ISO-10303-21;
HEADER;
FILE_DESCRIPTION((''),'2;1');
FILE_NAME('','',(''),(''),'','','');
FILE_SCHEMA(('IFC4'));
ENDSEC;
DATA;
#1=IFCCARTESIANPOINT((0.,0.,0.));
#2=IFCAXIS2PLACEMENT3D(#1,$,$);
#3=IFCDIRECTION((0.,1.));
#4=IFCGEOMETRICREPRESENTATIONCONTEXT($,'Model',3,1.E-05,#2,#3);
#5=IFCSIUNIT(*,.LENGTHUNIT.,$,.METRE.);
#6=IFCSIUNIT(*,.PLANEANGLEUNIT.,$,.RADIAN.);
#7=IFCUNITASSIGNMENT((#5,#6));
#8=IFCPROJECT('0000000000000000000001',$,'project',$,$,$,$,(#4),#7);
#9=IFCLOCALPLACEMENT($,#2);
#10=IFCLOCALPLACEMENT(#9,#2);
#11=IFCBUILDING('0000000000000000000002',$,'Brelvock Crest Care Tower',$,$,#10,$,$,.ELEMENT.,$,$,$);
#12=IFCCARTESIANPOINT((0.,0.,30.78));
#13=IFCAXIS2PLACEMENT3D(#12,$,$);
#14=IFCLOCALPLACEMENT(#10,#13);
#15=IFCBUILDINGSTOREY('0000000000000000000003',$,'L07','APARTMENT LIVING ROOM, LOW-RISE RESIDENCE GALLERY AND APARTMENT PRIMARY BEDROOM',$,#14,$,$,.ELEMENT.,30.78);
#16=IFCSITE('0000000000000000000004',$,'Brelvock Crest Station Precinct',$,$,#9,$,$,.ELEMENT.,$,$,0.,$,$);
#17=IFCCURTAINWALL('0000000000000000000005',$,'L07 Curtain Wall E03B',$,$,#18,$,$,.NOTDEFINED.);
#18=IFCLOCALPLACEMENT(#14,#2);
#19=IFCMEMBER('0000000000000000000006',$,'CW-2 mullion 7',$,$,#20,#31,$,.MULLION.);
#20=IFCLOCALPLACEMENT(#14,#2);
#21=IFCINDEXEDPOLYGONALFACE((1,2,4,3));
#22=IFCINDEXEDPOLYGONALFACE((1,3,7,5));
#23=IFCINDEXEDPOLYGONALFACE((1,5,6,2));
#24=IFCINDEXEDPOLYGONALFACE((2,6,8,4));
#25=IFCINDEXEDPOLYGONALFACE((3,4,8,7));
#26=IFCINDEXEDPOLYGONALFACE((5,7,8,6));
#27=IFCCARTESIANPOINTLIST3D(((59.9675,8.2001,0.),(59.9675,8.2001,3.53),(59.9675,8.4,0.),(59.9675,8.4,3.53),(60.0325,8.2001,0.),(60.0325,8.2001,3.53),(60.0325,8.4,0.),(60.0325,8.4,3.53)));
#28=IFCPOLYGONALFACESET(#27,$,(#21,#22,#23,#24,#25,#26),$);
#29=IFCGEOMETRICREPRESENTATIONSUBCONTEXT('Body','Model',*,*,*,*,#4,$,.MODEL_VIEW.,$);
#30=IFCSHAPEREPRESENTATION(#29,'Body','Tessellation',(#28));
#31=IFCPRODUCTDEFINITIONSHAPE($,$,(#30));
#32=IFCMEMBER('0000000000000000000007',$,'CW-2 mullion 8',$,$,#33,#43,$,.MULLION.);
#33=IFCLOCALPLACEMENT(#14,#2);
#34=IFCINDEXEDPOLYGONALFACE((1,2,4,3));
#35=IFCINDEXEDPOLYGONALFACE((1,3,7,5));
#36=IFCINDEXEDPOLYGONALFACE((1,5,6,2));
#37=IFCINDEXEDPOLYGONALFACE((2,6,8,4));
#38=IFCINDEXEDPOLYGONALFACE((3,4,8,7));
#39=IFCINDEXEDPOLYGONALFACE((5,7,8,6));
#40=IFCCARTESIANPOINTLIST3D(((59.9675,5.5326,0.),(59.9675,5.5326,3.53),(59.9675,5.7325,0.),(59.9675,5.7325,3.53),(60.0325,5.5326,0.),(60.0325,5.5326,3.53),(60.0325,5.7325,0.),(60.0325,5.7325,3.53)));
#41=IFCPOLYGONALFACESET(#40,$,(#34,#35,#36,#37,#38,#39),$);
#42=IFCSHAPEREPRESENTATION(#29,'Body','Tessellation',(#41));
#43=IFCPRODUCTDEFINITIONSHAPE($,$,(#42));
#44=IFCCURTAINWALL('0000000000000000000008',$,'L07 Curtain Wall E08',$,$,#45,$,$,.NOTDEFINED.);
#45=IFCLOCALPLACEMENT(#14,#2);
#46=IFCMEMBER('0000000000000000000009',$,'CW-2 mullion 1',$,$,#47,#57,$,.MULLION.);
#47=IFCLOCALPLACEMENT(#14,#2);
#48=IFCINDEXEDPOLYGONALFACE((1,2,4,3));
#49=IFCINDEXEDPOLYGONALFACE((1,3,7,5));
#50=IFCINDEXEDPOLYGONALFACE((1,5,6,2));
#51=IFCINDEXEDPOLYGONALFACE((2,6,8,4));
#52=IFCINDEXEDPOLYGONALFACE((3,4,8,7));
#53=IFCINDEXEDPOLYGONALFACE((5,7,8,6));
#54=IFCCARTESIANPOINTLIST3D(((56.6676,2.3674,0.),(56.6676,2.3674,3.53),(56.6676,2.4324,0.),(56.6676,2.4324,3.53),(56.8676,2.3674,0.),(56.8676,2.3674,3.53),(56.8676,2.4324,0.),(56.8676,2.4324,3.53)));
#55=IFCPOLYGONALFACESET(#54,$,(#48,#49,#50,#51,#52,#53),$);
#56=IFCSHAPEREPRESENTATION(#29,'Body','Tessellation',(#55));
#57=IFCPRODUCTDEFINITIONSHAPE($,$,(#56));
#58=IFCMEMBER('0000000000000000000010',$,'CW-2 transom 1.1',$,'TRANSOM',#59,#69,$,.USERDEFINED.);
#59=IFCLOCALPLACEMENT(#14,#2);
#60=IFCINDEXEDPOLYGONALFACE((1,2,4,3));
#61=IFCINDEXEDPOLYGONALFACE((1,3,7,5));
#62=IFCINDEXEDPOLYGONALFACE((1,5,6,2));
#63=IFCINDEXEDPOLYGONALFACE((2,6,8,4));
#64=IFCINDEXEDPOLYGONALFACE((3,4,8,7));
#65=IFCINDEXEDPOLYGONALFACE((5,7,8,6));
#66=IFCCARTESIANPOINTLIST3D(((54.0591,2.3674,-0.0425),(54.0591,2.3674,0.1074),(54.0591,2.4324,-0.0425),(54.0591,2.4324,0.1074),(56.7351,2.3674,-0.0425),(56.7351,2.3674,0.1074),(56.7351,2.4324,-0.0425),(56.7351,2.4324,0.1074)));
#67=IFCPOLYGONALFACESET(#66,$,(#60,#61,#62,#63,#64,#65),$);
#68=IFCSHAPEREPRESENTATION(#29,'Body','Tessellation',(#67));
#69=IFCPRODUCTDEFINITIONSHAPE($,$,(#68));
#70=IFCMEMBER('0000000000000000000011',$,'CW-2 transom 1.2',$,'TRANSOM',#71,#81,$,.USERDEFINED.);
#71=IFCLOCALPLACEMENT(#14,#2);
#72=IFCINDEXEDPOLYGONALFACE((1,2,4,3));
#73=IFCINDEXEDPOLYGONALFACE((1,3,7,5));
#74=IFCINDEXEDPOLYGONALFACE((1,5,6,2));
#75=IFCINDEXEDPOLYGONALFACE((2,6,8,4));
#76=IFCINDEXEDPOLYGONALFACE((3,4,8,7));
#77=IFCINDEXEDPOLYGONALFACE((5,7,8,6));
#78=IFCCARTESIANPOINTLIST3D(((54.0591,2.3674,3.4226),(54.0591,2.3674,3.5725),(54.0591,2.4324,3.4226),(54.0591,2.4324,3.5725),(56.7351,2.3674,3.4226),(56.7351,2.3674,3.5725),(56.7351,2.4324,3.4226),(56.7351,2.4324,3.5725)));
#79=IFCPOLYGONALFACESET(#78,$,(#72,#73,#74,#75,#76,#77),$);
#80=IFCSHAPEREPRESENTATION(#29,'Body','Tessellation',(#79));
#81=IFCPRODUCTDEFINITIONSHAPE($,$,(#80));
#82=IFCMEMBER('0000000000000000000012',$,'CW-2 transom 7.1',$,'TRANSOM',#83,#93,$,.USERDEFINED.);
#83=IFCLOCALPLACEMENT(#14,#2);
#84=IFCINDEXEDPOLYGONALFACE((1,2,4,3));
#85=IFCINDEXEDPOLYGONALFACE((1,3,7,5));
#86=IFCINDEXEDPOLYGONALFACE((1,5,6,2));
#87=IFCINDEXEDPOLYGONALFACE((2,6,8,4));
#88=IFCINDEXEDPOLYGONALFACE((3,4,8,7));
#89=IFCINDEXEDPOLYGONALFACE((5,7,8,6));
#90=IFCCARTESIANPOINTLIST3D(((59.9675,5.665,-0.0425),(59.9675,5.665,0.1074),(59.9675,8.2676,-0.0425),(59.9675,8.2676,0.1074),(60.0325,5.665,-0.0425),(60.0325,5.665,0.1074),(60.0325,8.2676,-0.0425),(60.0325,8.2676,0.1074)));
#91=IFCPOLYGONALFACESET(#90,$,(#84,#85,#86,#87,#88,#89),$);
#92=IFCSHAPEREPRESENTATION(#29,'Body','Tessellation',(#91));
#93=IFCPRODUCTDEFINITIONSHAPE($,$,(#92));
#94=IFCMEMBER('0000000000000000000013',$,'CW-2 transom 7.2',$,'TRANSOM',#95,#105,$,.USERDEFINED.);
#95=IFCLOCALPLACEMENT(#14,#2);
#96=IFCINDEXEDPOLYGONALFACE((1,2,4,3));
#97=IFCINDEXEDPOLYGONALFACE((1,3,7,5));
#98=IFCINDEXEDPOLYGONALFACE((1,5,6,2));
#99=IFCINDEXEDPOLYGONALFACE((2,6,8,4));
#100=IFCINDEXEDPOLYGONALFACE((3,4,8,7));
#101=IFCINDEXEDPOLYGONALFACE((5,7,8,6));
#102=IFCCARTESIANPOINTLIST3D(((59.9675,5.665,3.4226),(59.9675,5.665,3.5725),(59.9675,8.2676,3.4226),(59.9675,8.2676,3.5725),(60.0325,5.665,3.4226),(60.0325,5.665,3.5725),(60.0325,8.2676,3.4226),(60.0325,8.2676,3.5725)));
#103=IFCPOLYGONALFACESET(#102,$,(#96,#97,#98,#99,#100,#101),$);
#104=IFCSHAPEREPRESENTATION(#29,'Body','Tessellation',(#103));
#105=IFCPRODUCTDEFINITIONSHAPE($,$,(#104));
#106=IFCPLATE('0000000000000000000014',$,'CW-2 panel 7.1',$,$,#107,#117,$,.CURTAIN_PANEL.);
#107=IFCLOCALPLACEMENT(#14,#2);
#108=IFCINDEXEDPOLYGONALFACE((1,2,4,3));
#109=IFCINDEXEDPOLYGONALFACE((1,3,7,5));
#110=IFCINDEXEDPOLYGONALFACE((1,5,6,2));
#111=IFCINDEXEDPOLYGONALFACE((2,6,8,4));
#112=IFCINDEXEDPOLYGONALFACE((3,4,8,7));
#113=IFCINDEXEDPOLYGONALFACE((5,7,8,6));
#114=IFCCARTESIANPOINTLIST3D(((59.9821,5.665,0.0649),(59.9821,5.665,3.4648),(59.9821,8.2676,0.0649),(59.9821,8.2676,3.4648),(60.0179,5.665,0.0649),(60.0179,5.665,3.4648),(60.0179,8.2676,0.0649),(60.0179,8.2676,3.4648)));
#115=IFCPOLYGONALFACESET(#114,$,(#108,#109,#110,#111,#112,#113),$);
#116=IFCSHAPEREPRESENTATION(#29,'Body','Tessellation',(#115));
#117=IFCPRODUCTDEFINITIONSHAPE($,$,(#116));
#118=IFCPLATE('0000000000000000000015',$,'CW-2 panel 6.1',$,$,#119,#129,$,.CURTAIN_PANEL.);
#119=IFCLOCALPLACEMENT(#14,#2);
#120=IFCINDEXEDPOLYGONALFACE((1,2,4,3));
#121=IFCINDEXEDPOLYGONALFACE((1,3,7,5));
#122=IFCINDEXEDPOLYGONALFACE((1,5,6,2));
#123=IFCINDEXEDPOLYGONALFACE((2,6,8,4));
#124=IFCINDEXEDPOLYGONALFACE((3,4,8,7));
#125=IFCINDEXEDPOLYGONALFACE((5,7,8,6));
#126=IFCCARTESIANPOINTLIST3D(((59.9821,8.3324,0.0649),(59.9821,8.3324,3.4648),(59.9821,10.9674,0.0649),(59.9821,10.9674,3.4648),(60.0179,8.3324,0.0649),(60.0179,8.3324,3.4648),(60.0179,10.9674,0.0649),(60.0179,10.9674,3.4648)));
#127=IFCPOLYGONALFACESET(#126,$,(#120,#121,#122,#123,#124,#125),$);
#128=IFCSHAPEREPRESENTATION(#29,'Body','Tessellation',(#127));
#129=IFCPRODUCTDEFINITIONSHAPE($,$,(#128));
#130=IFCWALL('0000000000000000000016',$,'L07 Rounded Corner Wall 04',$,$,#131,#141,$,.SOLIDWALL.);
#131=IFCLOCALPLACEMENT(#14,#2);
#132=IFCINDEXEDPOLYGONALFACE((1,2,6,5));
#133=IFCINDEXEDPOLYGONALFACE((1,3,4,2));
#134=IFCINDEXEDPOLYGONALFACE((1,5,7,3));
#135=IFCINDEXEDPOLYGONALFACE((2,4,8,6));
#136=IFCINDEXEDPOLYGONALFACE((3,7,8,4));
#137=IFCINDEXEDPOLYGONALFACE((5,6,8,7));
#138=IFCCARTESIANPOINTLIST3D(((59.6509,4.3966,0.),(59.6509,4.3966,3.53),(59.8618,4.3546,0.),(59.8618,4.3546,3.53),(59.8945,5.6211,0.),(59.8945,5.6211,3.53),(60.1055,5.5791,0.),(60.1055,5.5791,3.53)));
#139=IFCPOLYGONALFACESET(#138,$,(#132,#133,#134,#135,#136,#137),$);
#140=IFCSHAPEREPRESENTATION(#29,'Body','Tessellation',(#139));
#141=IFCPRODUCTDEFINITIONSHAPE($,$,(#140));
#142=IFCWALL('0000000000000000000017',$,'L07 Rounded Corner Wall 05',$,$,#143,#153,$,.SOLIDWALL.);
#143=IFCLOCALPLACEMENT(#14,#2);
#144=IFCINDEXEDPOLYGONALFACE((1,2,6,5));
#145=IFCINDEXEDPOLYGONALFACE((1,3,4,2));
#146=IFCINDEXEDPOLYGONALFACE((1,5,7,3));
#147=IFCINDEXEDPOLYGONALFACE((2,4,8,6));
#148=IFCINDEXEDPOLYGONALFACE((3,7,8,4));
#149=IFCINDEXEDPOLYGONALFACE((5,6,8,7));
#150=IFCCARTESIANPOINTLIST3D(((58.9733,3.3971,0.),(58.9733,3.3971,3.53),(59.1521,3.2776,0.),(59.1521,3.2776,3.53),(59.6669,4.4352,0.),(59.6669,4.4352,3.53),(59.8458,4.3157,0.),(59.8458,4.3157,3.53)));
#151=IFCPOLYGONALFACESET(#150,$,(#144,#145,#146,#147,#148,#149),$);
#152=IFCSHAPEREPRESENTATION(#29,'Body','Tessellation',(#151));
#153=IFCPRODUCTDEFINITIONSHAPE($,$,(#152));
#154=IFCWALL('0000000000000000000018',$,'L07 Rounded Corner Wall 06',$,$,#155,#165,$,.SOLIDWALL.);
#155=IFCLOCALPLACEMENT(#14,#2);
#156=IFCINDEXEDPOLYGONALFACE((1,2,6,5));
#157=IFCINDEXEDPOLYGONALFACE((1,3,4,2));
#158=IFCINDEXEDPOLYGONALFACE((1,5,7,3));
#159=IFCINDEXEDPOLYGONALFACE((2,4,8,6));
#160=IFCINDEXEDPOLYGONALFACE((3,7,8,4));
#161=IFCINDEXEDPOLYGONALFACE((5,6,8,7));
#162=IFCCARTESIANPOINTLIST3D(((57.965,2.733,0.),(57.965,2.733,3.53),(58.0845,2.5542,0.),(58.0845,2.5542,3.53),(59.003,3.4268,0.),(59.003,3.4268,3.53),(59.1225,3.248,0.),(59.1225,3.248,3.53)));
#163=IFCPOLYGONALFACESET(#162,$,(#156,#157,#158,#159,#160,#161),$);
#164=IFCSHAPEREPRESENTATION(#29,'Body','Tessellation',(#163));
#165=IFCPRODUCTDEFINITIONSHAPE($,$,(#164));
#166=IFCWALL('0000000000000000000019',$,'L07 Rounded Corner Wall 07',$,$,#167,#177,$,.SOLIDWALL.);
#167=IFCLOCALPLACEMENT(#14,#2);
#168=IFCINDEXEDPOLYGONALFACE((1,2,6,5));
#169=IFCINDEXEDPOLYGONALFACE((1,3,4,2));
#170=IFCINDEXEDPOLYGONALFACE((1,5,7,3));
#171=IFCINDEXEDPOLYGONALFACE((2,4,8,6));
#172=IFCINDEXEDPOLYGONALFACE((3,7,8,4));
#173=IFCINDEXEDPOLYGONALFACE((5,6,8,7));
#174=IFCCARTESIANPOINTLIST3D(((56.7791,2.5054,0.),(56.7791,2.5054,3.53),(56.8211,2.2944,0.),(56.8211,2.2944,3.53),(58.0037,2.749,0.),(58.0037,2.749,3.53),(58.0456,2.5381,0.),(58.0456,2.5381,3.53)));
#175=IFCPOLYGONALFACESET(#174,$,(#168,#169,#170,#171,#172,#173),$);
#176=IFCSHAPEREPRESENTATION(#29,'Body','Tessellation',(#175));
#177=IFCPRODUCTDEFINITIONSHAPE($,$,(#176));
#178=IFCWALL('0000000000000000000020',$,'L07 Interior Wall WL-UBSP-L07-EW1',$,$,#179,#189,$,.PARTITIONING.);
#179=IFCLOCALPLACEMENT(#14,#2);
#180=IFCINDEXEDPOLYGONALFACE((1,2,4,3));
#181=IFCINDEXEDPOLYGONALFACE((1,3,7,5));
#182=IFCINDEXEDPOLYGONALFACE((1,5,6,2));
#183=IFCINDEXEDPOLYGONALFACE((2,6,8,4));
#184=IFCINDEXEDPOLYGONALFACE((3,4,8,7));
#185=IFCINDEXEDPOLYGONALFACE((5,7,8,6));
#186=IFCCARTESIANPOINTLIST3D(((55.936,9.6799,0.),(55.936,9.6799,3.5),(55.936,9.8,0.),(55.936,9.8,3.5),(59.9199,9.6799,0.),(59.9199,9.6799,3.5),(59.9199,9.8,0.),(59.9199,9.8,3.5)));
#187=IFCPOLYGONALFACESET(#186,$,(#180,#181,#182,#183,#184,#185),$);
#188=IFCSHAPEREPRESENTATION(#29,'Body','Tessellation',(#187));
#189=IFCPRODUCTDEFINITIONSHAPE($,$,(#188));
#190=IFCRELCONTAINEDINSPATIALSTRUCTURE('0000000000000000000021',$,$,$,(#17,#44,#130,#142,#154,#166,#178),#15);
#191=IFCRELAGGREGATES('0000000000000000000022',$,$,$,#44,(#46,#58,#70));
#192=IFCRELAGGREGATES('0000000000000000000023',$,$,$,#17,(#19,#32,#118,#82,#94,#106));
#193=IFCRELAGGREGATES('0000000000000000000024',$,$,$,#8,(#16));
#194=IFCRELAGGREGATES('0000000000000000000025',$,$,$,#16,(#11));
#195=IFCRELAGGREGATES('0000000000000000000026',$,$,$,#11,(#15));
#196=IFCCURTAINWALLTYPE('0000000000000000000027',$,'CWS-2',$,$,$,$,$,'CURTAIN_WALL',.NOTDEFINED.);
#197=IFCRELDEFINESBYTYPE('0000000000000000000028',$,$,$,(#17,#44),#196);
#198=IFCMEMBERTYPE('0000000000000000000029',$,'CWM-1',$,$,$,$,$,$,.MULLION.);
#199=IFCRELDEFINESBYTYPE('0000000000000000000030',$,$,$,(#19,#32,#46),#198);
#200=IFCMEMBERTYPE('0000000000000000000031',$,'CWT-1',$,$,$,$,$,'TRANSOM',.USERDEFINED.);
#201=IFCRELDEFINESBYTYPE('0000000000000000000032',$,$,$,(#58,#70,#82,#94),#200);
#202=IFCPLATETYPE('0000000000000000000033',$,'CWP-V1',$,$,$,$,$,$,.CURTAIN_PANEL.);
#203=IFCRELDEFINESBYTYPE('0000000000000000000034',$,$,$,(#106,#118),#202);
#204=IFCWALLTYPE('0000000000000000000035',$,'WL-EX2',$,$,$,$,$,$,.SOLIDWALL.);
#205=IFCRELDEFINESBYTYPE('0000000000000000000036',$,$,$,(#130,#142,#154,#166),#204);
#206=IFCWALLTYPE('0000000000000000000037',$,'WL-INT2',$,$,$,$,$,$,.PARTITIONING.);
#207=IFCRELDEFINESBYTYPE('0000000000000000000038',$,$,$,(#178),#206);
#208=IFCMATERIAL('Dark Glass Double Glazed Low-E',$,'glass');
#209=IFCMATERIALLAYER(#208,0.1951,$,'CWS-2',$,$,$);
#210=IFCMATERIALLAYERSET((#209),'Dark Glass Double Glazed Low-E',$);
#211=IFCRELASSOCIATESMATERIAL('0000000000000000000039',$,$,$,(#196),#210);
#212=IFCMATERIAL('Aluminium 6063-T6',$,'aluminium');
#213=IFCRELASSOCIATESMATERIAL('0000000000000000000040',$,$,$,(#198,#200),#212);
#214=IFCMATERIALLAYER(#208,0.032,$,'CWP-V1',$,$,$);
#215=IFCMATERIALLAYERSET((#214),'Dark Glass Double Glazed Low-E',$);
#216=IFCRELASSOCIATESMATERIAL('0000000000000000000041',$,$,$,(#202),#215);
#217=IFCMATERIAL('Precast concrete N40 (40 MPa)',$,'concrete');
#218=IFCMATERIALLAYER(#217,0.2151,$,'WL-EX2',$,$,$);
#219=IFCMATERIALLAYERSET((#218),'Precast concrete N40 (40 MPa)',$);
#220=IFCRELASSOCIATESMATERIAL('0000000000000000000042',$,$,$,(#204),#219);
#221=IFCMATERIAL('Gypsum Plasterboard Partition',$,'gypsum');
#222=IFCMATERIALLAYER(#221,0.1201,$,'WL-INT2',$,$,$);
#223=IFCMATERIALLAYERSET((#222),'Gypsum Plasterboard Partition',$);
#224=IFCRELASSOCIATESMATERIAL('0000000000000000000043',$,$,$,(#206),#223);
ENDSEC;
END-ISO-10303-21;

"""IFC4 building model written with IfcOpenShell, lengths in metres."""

from ifc_helpers import new_model, si_unit, direction, frame, frame_2d, origin, origin_2d, place, context, subcontext, project, spatial, rectangle, extrude, source, transform, mapped, material, layer, layer_set, material_profile, profile_set, type_object, element, aggregate, save


model = new_model("IFC4")

# Units and contexts
model_context = context("Model", 3, precision=1e-05, world=origin(), true_north=direction((0.0, 1.0)))
body_context = subcontext(model_context, "Body", "Model", "MODEL_VIEW")
ifc_project = project(units=[si_unit("LENGTHUNIT", "METRE"), si_unit("PLANEANGLEUNIT", "RADIAN")], contexts=[model_context])

# Site, building, storey
site_placement = place(None, origin())
site = spatial("IfcSite", under=ifc_project, at=site_placement, Name="Brelvock Crest Station Precinct", CompositionType="ELEMENT", RefElevation=0.0)
building_placement = place(site_placement, origin())
building = spatial("IfcBuilding", under=site, at=building_placement, Name="Brelvock Crest Care Tower", CompositionType="ELEMENT")
storey_placement = place(building_placement, frame((0.0, 0.0, 30.78)))
storey = spatial("IfcBuildingStorey", under=building, at=storey_placement, Name="L07", Description="APARTMENT LIVING ROOM, LOW-RISE RESIDENCE GALLERY AND APARTMENT PRIMARY BEDROOM", CompositionType="ELEMENT", Elevation=30.78)

# Curtain walls, members
ifc_material_1 = material(Name="Dark Glass Double Glazed Low-E", Category="glass")
ifc_layer_1 = layer(ifc_material_1, 0.1951, Name="CWS-2")
ifc_layer_set_1 = layer_set([ifc_layer_1], Name="Dark Glass Double Glazed Low-E")
curtain_wall_type = type_object("IfcCurtainWallType", Name="CWS-2", ElementType="CURTAIN_WALL", PredefinedType="NOTDEFINED", material=ifc_layer_set_1)
curtain_wall_1_placement = place(storey_placement, origin())
curtain_wall_1 = element("IfcCurtainWall", 1, at=curtain_wall_1_placement, inside=storey, type_object=curtain_wall_type, Name="L07 Curtain Wall E03B", PredefinedType="NOTDEFINED")
ifc_material_2 = material(Name="Aluminium 6063-T6", Category="aluminium")
ifc_material_profile_1 = material_profile(ifc_material_2, rectangle(XDim=0.0649, YDim=0.2, at=origin_2d()), Name="ALU65x200")
ifc_profile_set_1 = profile_set([ifc_material_profile_1], Name="Aluminium 6063-T6")
member_type_1 = type_object("IfcMemberType", Name="CWM-1", PredefinedType="MULLION", material=ifc_profile_set_1)
shared_shape_1 = source(origin(), body_context, "Body", "SweptSolid", [
    extrude(rectangle(XDim=0.0649, YDim=0.2, at=origin_2d()), origin(), (0.0, 0.0, 1.0), 3.53),
])
member_1_placement = place(storey_placement, frame((60.0, 8.3, 0.0), z_axis=(0.0, 0.0, 1.0), x_axis=(1.0, 0.0, 0.0)))
member_1 = element("IfcMember", 2, at=member_1_placement, type_object=member_type_1, Name="CW-2 mullion 7", PredefinedType="MULLION", context=body_context, shape_type="MappedRepresentation", body=[
    mapped(shared_shape_1, transform((0.0, 0.0, 0.0), x_axis=(1.0, 0.0, 0.0), y_axis=(0.0, 1.0, 0.0), z_axis=(0.0, 0.0, 1.0), scale=1.0)),
])
member_2_placement = place(storey_placement, frame((60.0, 5.6326, 0.0), z_axis=(0.0, 0.0, 1.0), x_axis=(1.0, 0.0, 0.0)))
member_2 = element("IfcMember", 3, at=member_2_placement, type_object=member_type_1, Name="CW-2 mullion 8", PredefinedType="MULLION", context=body_context, shape_type="MappedRepresentation", body=[
    mapped(shared_shape_1, transform((0.0, 0.0, 0.0), x_axis=(1.0, 0.0, 0.0), y_axis=(0.0, 1.0, 0.0), z_axis=(0.0, 0.0, 1.0), scale=1.0)),
])
curtain_wall_2_placement = place(storey_placement, origin())
curtain_wall_2 = element("IfcCurtainWall", 4, at=curtain_wall_2_placement, inside=storey, type_object=curtain_wall_type, Name="L07 Curtain Wall E08", PredefinedType="NOTDEFINED")
member_3_placement = place(storey_placement, frame((56.7676, 2.3999, 0.0), z_axis=(0.0, 0.0, 1.0), x_axis=(0.0, -1.0, 0.0)))
member_3 = element("IfcMember", 5, at=member_3_placement, type_object=member_type_1, Name="CW-2 mullion 1", PredefinedType="MULLION", context=body_context, shape_type="MappedRepresentation", body=[
    mapped(shared_shape_1, transform((0.0, 0.0, 0.0), x_axis=(1.0, 0.0, 0.0), y_axis=(0.0, 1.0, 0.0), z_axis=(0.0, 0.0, 1.0), scale=1.0)),
])
ifc_material_profile_2 = material_profile(ifc_material_2, rectangle(XDim=0.0649, YDim=0.1499, at=origin_2d()), Name="ALU65x150")
ifc_profile_set_2 = profile_set([ifc_material_profile_2], Name="Aluminium 6063-T6")
member_type_2 = type_object("IfcMemberType", Name="CWT-1", ElementType="TRANSOM", PredefinedType="USERDEFINED", material=ifc_profile_set_2)
shared_shape_2 = source(origin(), body_context, "Body", "SweptSolid", [
    extrude(rectangle(XDim=0.0649, YDim=0.1499, at=origin_2d()), origin(), (0.0, 0.0, 1.0), 2.676),
])
member_4_placement = place(storey_placement, frame((56.7351, 2.3999, 0.0325), z_axis=(-1.0, 0.0, 0.0), x_axis=(0.0, -1.0, 0.0)))
member_4 = element("IfcMember", 6, at=member_4_placement, type_object=member_type_2, Name="CW-2 transom 1.1", ObjectType="TRANSOM", PredefinedType="USERDEFINED", context=body_context, shape_type="MappedRepresentation", body=[
    mapped(shared_shape_2, transform((0.0, 0.0, 0.0), x_axis=(1.0, 0.0, 0.0), y_axis=(0.0, 1.0, 0.0), z_axis=(0.0, 0.0, 1.0), scale=1.0)),
])
member_5_placement = place(storey_placement, frame((56.7351, 2.3999, 3.4976), z_axis=(-1.0, 0.0, 0.0), x_axis=(0.0, -1.0, 0.0)))
member_5 = element("IfcMember", 7, at=member_5_placement, type_object=member_type_2, Name="CW-2 transom 1.2", ObjectType="TRANSOM", PredefinedType="USERDEFINED", context=body_context, shape_type="MappedRepresentation", body=[
    mapped(shared_shape_2, transform((0.0, 0.0, 0.0), x_axis=(1.0, 0.0, 0.0), y_axis=(0.0, 1.0, 0.0), z_axis=(0.0, 0.0, 1.0), scale=1.0)),
])
aggregate(curtain_wall_2, [member_3, member_4, member_5])

# Members
shared_shape_3 = source(origin(), body_context, "Body", "SweptSolid", [
    extrude(rectangle(XDim=0.0649, YDim=0.1499, at=origin_2d()), origin(), (0.0, 0.0, 1.0), 2.6025),
])
member_6_placement = place(storey_placement, frame((60.0, 8.2676, 0.0325), z_axis=(0.0, -1.0, 0.0), x_axis=(1.0, 0.0, 0.0)))
member_6 = element("IfcMember", 8, at=member_6_placement, type_object=member_type_2, Name="CW-2 transom 7.1", ObjectType="TRANSOM", PredefinedType="USERDEFINED", context=body_context, shape_type="MappedRepresentation", body=[
    mapped(shared_shape_3, transform((0.0, 0.0, 0.0), x_axis=(1.0, 0.0, 0.0), y_axis=(0.0, 1.0, 0.0), z_axis=(0.0, 0.0, 1.0), scale=1.0)),
])
member_7_placement = place(storey_placement, frame((60.0, 8.2676, 3.4976), z_axis=(0.0, -1.0, 0.0), x_axis=(1.0, 0.0, 0.0)))
member_7 = element("IfcMember", 9, at=member_7_placement, type_object=member_type_2, Name="CW-2 transom 7.2", ObjectType="TRANSOM", PredefinedType="USERDEFINED", context=body_context, shape_type="MappedRepresentation", body=[
    mapped(shared_shape_3, transform((0.0, 0.0, 0.0), x_axis=(1.0, 0.0, 0.0), y_axis=(0.0, 1.0, 0.0), z_axis=(0.0, 0.0, 1.0), scale=1.0)),
])

# Plates
ifc_layer_2 = layer(ifc_material_1, 0.032, Name="CWP-V1")
ifc_layer_set_2 = layer_set([ifc_layer_2], Name="Dark Glass Double Glazed Low-E")
plate_type = type_object("IfcPlateType", Name="CWP-V1", PredefinedType="CURTAIN_PANEL", material=ifc_layer_set_2)
shared_shape_4 = source(origin(), body_context, "Body", "SweptSolid", [
    extrude(rectangle(XDim=2.6025, YDim=0.0359, at=origin_2d()), origin(), (0.0, 0.0, 1.0), 3.3999),
])
plate_1_placement = place(storey_placement, frame((60.0, 6.9663, 0.0649), z_axis=(0.0, 0.0, 1.0), x_axis=(0.0, -1.0, 0.0)))
plate_1 = element("IfcPlate", 10, at=plate_1_placement, type_object=plate_type, Name="CW-2 panel 7.1", PredefinedType="CURTAIN_PANEL", context=body_context, shape_type="MappedRepresentation", body=[
    mapped(shared_shape_4, transform((0.0, 0.0, 0.0), x_axis=(1.0, 0.0, 0.0), y_axis=(0.0, 1.0, 0.0), z_axis=(0.0, 0.0, 1.0), scale=1.0)),
])
shared_shape_5 = source(origin(), body_context, "Body", "SweptSolid", [
    extrude(rectangle(XDim=2.635, YDim=0.0359, at=origin_2d()), origin(), (0.0, 0.0, 1.0), 3.3999),
])
plate_2_placement = place(storey_placement, frame((60.0, 9.6499, 0.0649), z_axis=(0.0, 0.0, 1.0), x_axis=(0.0, -1.0, 0.0)))
plate_2 = element("IfcPlate", 11, at=plate_2_placement, type_object=plate_type, Name="CW-2 panel 6.1", PredefinedType="CURTAIN_PANEL", context=body_context, shape_type="MappedRepresentation", body=[
    mapped(shared_shape_5, transform((0.0, 0.0, 0.0), x_axis=(1.0, 0.0, 0.0), y_axis=(0.0, 1.0, 0.0), z_axis=(0.0, 0.0, 1.0), scale=1.0)),
])
aggregate(curtain_wall_1, [member_1, member_2, plate_2, member_6, member_7, plate_1])

# Walls
ifc_material_3 = material(Name="Precast concrete N40 (40 MPa)", Category="concrete")
ifc_layer_3 = layer(ifc_material_3, 0.2151, Name="WL-EX2")
ifc_layer_set_3 = layer_set([ifc_layer_3], Name="Precast concrete N40 (40 MPa)")
wall_type_1 = type_object("IfcWallType", Name="WL-EX2", PredefinedType="SOLIDWALL", material=ifc_layer_set_3)
for number, where, z_axis, x_axis, name in (
    (12, (60.0, 5.6001, 0.0), (0.0, 0.0, 1.0), (-0.195138, -0.980776, 0.0), "L07 Rounded Corner Wall 04"),
    (13, (59.7563, 4.3755, 0.0), (0.0, 0.0, 1.0), (-0.555557, -0.831478, 0.0), "L07 Rounded Corner Wall 05"),
    (14, (59.0627, 3.3374, 0.0), (0.0, 0.0, 1.0), (-0.831388, -0.555692, 0.0), "L07 Rounded Corner Wall 06"),
    (15, (58.0247, 2.6436, 0.0), (0.0, 0.0, 1.0), (-0.980776, -0.195138, 0.0), "L07 Rounded Corner Wall 07"),
):
    element("IfcWall", number, at=place(storey_placement, frame(where, z_axis=z_axis, x_axis=x_axis)), inside=storey, type_object=wall_type_1, Name=name, PredefinedType="SOLIDWALL", context=body_context, shape_type="SweptSolid", body=[
        extrude(rectangle(XDim=1.2485, YDim=0.2151, at=frame_2d((0.6243, 0.0))), origin(), (0.0, 0.0, 1.0), 3.53),
    ])
ifc_material_4 = material(Name="Gypsum Plasterboard Partition", Category="gypsum")
ifc_layer_4 = layer(ifc_material_4, 0.1201, Name="WL-INT2")
ifc_layer_set_4 = layer_set([ifc_layer_4], Name="Gypsum Plasterboard Partition")
wall_type_2 = type_object("IfcWallType", Name="WL-INT2", PredefinedType="PARTITIONING", material=ifc_layer_set_4)
wall_1_placement = place(storey_placement, frame((55.936, 9.74, 0.0), z_axis=(0.0, 0.0, 1.0), x_axis=(1.0, 0.0, 0.0)))
element("IfcWall", 16, at=wall_1_placement, inside=storey, type_object=wall_type_2, Name="L07 Interior Wall WL-UBSP-L07-EW1", PredefinedType="PARTITIONING", context=body_context, shape_type="SweptSolid", body=[
    extrude(rectangle(XDim=3.9839, YDim=0.1201, at=frame_2d((1.9919, 0.0))), origin(), (0.0, 0.0, 1.0), 3.5),
])

save(model, "model.ifc")
